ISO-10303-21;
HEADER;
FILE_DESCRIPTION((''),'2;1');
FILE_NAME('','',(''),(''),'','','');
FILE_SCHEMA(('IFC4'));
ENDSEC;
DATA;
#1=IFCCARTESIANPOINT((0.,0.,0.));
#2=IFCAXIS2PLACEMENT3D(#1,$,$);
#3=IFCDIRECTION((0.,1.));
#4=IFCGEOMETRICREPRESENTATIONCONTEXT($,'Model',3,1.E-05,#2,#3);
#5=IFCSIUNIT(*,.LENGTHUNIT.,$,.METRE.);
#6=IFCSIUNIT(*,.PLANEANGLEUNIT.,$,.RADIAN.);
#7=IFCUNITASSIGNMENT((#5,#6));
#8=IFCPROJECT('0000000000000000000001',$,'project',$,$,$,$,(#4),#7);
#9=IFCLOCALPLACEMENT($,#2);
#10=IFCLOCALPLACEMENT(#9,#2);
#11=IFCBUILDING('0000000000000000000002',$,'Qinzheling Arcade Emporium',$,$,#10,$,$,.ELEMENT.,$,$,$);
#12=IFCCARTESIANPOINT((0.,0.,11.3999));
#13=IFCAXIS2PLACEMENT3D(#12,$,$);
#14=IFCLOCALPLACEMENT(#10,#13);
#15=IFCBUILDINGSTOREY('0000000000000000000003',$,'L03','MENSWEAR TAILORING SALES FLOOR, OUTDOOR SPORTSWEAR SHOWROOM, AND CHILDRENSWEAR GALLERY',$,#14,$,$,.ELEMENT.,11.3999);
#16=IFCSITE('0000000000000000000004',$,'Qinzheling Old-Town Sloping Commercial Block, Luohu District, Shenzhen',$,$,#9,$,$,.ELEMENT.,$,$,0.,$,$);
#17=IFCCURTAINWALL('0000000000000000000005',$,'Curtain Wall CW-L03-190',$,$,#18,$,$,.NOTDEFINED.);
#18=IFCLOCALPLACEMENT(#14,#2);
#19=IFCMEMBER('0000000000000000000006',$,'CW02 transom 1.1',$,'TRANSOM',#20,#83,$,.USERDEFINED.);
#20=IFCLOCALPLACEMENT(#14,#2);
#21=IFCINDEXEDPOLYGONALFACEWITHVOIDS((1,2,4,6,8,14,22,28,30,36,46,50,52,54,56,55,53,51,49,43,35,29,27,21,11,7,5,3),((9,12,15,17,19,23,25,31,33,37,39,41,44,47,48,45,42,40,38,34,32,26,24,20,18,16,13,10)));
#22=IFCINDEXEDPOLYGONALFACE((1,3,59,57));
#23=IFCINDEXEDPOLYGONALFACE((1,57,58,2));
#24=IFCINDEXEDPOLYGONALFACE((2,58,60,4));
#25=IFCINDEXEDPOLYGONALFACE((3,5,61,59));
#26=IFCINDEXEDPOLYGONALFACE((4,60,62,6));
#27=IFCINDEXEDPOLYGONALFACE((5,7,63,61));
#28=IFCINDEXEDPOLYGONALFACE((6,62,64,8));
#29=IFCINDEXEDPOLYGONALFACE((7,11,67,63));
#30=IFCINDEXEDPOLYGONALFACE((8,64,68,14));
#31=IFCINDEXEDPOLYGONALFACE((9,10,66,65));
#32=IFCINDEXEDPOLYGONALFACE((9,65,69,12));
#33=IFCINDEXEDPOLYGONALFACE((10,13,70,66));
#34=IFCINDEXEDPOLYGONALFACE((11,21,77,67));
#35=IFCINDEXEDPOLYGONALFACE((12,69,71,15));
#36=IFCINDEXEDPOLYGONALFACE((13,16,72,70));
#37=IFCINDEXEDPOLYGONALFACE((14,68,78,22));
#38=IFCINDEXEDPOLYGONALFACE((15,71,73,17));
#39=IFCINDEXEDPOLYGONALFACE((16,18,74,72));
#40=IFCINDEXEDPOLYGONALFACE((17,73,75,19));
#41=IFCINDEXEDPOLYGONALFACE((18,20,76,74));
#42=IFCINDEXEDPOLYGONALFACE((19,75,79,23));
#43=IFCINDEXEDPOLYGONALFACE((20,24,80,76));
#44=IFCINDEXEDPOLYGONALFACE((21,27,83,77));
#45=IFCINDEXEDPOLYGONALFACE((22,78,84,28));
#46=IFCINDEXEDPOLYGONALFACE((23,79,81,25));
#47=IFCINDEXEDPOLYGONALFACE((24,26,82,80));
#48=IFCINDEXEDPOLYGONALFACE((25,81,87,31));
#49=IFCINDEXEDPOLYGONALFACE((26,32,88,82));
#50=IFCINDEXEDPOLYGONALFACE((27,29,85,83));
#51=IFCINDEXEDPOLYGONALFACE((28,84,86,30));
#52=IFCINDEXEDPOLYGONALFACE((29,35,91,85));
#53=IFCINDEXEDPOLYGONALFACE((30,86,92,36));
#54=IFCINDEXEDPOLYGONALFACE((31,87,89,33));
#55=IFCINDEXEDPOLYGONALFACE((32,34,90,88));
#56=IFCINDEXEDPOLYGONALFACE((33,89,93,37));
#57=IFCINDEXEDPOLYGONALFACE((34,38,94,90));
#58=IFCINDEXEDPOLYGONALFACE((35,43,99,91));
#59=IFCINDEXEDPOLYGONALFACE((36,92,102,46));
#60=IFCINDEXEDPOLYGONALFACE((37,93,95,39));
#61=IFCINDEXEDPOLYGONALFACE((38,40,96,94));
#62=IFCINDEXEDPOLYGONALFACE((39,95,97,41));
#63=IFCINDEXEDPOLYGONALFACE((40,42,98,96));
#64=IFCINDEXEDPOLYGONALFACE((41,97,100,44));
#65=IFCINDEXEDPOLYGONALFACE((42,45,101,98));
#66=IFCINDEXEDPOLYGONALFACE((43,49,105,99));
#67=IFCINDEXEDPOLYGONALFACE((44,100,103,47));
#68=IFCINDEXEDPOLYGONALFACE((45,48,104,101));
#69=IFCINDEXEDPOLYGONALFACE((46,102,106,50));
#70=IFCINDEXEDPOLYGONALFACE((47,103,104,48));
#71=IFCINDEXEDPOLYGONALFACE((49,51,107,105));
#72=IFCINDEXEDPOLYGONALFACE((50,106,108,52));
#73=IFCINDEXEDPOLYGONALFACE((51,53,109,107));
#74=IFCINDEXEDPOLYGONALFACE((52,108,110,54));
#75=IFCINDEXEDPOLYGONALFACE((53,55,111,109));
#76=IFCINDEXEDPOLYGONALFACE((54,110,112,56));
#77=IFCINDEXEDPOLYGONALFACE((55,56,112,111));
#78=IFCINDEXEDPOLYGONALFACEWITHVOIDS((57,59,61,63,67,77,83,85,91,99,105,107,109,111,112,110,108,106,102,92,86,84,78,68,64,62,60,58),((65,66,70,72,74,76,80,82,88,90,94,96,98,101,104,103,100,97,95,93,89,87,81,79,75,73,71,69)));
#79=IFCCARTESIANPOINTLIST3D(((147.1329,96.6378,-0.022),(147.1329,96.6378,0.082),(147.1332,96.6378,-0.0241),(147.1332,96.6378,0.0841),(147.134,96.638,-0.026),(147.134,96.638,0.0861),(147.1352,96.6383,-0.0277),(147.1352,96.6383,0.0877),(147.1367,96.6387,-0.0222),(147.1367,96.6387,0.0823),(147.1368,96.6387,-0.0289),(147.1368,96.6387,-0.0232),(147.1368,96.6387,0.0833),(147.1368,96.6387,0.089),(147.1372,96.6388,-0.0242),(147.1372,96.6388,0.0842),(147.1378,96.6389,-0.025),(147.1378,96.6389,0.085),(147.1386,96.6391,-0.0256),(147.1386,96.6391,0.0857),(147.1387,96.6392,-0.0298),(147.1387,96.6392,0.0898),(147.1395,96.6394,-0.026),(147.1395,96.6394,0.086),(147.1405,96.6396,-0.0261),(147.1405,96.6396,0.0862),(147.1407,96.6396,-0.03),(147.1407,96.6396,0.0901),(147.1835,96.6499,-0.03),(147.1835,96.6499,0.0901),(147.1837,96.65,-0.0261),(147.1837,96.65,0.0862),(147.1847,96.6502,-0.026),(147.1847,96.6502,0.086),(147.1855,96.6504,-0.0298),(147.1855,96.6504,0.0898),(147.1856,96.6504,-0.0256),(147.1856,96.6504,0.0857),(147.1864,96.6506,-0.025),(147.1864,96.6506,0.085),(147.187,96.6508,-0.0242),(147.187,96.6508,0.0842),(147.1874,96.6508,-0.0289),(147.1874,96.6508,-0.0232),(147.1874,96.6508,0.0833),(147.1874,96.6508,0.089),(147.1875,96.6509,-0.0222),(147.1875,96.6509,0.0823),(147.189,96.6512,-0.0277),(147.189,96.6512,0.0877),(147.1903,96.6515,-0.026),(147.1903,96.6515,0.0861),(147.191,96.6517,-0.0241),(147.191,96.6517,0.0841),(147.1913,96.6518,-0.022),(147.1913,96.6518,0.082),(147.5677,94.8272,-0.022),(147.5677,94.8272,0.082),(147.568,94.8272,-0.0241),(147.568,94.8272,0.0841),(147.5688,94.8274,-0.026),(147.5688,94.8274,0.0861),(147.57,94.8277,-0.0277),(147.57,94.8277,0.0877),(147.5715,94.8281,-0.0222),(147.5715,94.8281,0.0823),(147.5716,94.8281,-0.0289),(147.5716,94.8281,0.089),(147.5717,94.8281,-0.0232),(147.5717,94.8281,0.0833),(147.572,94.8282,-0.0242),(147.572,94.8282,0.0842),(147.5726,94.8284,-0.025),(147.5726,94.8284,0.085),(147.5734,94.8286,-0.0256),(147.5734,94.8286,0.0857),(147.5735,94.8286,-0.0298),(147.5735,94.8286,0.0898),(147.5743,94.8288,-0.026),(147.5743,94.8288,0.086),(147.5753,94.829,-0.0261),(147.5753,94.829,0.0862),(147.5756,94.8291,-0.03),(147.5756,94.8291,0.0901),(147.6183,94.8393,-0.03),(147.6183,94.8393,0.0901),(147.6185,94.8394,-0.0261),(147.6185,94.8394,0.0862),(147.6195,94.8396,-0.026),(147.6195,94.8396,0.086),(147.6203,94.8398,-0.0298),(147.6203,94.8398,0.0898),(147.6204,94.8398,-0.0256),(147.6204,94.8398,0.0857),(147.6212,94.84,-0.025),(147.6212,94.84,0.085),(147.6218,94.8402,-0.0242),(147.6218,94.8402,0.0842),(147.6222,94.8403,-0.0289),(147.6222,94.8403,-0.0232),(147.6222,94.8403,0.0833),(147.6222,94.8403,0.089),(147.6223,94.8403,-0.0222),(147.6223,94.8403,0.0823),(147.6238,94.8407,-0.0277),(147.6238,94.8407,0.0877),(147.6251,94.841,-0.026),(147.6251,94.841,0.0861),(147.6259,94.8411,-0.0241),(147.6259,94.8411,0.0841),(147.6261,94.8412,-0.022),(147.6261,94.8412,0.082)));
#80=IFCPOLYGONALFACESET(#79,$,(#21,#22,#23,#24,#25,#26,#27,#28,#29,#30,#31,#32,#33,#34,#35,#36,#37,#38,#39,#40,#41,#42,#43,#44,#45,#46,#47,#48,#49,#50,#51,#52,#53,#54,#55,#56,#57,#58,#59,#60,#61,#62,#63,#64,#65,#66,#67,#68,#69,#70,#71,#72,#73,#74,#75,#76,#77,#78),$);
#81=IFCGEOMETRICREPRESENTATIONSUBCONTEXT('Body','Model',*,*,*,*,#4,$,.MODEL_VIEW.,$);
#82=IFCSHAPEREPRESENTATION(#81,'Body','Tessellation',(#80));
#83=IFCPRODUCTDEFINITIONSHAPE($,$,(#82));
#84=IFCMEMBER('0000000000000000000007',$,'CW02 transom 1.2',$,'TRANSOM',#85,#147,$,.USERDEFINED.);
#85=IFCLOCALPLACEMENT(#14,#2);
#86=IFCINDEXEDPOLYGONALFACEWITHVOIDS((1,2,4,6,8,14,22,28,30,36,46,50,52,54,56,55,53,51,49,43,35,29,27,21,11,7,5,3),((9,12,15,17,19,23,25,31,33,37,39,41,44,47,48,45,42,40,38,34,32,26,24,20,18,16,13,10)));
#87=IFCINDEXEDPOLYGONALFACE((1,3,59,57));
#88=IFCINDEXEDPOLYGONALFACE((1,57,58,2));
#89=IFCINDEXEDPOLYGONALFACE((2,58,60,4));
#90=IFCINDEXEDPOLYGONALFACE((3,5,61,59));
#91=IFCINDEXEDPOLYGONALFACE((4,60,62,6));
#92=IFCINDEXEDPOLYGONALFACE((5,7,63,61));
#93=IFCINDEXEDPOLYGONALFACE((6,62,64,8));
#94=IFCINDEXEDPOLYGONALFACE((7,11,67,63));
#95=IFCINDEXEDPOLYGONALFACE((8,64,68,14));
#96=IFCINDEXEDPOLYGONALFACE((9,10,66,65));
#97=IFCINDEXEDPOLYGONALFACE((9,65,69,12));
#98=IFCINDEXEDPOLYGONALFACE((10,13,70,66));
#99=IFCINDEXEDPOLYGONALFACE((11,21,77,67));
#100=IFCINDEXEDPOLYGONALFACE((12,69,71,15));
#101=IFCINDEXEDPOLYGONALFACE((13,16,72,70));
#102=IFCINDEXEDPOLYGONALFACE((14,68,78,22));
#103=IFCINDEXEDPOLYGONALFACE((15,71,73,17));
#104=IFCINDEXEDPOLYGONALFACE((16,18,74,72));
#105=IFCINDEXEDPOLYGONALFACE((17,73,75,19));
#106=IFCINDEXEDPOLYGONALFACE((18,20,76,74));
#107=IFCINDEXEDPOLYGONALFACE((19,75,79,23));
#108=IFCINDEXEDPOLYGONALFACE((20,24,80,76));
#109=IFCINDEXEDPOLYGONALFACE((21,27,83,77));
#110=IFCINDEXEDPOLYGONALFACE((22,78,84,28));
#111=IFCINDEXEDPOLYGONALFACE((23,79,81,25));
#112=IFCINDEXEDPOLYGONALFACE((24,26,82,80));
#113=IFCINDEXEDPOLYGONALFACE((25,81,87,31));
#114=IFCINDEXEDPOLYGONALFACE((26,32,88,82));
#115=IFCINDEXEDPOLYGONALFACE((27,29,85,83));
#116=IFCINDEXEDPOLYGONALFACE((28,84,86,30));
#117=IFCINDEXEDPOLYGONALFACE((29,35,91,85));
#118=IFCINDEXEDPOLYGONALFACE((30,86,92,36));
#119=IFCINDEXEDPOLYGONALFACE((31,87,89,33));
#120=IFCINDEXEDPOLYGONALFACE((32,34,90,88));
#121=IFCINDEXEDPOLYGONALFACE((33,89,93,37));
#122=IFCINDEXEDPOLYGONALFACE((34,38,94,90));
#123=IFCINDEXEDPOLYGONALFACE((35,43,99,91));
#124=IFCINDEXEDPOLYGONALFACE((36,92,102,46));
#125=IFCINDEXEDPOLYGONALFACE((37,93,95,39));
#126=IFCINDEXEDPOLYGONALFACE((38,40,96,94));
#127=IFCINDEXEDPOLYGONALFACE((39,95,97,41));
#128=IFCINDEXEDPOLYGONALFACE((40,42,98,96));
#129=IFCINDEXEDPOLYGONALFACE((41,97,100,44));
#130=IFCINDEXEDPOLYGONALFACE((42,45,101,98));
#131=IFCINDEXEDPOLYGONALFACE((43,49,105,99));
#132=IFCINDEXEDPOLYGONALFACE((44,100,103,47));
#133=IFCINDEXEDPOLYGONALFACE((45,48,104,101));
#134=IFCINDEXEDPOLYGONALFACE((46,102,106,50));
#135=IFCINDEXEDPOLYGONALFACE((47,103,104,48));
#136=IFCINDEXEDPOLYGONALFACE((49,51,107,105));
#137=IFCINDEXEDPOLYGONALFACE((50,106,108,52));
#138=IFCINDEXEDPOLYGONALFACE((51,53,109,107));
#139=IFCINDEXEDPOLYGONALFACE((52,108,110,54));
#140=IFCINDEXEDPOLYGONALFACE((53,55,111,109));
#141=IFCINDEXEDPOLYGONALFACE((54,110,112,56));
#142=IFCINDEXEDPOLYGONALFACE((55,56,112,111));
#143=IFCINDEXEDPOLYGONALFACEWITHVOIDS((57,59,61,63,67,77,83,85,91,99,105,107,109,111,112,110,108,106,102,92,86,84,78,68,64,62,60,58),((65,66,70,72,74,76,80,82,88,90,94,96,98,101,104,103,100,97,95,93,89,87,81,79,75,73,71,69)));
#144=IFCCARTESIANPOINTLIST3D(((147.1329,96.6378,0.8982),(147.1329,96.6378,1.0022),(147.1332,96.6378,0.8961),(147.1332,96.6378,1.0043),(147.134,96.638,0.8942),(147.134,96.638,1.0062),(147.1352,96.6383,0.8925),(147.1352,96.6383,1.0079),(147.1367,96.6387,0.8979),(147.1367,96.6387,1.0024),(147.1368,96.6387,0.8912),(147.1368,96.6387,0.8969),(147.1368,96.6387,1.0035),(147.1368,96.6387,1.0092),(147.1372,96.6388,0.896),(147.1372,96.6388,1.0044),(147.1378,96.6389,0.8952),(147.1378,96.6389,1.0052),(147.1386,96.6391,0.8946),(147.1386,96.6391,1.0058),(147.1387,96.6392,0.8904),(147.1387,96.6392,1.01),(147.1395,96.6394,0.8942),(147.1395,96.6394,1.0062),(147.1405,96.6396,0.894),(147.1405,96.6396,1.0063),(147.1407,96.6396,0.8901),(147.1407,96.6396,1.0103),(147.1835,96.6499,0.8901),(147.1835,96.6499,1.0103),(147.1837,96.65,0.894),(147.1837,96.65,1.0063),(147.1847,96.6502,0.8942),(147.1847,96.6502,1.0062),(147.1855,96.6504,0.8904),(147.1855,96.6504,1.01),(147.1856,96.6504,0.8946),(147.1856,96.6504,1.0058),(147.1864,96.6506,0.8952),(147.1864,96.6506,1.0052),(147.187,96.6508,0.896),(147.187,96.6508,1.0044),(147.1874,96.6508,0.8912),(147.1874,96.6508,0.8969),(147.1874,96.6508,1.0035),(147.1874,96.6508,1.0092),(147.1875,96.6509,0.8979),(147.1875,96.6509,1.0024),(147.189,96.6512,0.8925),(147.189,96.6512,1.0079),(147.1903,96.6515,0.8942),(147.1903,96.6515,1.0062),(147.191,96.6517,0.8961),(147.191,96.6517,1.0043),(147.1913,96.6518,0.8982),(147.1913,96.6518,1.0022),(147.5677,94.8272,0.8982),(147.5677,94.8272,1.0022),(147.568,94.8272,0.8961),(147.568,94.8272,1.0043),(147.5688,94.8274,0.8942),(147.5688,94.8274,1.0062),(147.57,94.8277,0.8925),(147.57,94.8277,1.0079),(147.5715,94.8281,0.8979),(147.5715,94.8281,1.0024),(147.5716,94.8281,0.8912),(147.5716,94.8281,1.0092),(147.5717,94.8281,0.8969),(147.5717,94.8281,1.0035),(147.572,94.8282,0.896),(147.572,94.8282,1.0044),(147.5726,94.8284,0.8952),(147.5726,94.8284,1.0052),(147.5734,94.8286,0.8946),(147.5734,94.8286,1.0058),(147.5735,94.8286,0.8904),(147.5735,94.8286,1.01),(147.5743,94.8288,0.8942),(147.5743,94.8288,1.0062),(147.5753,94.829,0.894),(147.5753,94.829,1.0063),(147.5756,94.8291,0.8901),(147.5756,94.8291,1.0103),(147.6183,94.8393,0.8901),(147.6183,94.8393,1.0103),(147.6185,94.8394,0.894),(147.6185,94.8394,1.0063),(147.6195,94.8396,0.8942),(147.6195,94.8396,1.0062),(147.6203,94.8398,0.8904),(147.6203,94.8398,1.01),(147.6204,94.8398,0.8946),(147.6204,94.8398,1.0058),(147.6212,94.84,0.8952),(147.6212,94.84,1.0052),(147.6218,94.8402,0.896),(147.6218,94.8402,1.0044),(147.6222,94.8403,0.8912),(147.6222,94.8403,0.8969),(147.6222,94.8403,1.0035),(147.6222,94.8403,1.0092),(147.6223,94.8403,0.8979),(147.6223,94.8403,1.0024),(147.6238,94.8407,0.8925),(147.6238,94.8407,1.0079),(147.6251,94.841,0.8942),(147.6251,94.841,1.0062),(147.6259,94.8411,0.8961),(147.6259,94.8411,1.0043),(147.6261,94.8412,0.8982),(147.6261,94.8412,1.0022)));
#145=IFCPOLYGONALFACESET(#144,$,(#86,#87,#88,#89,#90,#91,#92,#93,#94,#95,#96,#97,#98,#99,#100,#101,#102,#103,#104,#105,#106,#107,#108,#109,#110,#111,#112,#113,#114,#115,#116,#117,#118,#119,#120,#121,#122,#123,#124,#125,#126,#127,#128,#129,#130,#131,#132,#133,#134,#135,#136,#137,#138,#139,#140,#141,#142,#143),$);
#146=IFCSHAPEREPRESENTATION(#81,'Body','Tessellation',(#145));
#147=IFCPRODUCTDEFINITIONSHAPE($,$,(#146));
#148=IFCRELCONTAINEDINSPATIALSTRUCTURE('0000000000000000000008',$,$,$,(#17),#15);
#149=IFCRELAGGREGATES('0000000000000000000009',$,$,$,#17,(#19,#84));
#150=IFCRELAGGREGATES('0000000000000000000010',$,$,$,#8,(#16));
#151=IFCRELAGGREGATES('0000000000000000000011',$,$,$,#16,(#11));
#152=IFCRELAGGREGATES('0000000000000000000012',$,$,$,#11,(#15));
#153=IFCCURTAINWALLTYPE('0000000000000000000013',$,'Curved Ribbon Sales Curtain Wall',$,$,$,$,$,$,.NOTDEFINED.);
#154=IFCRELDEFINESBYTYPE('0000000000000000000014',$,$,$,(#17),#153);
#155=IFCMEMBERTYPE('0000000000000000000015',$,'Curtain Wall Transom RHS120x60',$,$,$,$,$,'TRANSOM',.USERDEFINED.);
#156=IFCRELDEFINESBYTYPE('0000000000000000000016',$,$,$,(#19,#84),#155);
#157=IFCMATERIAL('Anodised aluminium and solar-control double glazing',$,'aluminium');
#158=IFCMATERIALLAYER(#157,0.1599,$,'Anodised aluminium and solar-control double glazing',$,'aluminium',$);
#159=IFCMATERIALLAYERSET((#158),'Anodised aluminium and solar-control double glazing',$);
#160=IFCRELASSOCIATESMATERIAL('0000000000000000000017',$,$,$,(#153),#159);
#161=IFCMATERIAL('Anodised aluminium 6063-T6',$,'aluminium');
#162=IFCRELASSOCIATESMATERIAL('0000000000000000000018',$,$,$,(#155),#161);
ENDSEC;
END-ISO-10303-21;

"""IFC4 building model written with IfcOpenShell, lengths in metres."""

from ifc_helpers import new_model, si_unit, direction, frame, origin, origin_2d, place, context, subcontext, project, spatial, hollow_rectangle, extrude, material, layer, layer_set, material_profile, profile_set, type_object, element, aggregate, save


model = new_model("IFC4")

# Units and contexts
model_context = context("Model", 3, precision=1e-05, world=origin(), true_north=direction((0.0, 1.0)))
body_context = subcontext(model_context, "Body", "Model", "MODEL_VIEW")
ifc_project = project(units=[si_unit("LENGTHUNIT", "METRE"), si_unit("PLANEANGLEUNIT", "RADIAN")], contexts=[model_context])

# Site, building, storey
site_placement = place(None, origin())
site = spatial("IfcSite", under=ifc_project, at=site_placement, Name="Qinzheling Old-Town Sloping Commercial Block, Luohu District, Shenzhen", CompositionType="ELEMENT", RefElevation=0.0)
building_placement = place(site_placement, origin())
building = spatial("IfcBuilding", under=site, at=building_placement, Name="Qinzheling Arcade Emporium", CompositionType="ELEMENT")
storey_placement = place(building_placement, frame((0.0, 0.0, 11.3999)))
storey = spatial("IfcBuildingStorey", under=building, at=storey_placement, Name="L03", Description="MENSWEAR TAILORING SALES FLOOR, OUTDOOR SPORTSWEAR SHOWROOM, AND CHILDRENSWEAR GALLERY", CompositionType="ELEMENT", Elevation=11.3999)

# Curtain wall
ifc_material_1 = material(Name="Anodised aluminium and solar-control double glazing", Category="aluminium")
ifc_layer_1 = layer(ifc_material_1, 0.1599, Name="Anodised aluminium and solar-control double glazing", Category="aluminium")
ifc_layer_set_1 = layer_set([ifc_layer_1], Name="Anodised aluminium and solar-control double glazing")
curtain_wall_type = type_object("IfcCurtainWallType", Name="Curved Ribbon Sales Curtain Wall", PredefinedType="NOTDEFINED", material=ifc_layer_set_1)
ifc_material_2 = material(Name="Anodised aluminium 6063-T6", Category="aluminium")
curtain_wall_1_placement = place(storey_placement, origin())
curtain_wall_1 = element("IfcCurtainWall", 1, at=curtain_wall_1_placement, inside=storey, type_object=curtain_wall_type, Name="Curtain Wall CW-L03-190", PredefinedType="NOTDEFINED")

# Members
ifc_material_profile_1 = material_profile(ifc_material_2, hollow_rectangle(XDim=0.0601, YDim=0.1201, WallThickness=0.0039, InnerFilletRadius=0.0039, OuterFilletRadius=0.0081, at=origin_2d()), Name="RHS 120x60x4", Category="aluminium")
ifc_profile_set_1 = profile_set([ifc_material_profile_1], Name="Anodised aluminium 6063-T6")
member_type_1 = type_object("IfcMemberType", Name="Curtain Wall Transom RHS120x60", ElementType="TRANSOM", PredefinedType="USERDEFINED", material=ifc_profile_set_1)
member_1_placement = place(storey_placement, frame((147.1621, 96.6448, 0.03), z_axis=(0.233517, -0.972353, 0.0), x_axis=(0.972353, 0.233517, 0.0)))
member_1 = element("IfcMember", 2, at=member_1_placement, type_object=member_type_1, Name="CW02 transom 1.1", ObjectType="TRANSOM", PredefinedType="USERDEFINED", context=body_context, shape_type="SweptSolid", body=[
    extrude(hollow_rectangle(XDim=0.0601, YDim=0.1201, WallThickness=0.0039, InnerFilletRadius=0.0039, OuterFilletRadius=0.0081, at=origin_2d()), origin(), (0.0, 0.0, 1.0), 1.8621),
])
member_2_placement = place(storey_placement, frame((147.1621, 96.6448, 0.9502), z_axis=(0.233517, -0.972353, 0.0), x_axis=(0.972353, 0.233517, 0.0)))
member_2 = element("IfcMember", 3, at=member_2_placement, type_object=member_type_1, Name="CW02 transom 1.2", ObjectType="TRANSOM", PredefinedType="USERDEFINED", context=body_context, shape_type="SweptSolid", body=[
    extrude(hollow_rectangle(XDim=0.0601, YDim=0.1201, WallThickness=0.0039, InnerFilletRadius=0.0039, OuterFilletRadius=0.0081, at=origin_2d()), origin(), (0.0, 0.0, 1.0), 1.8621),
])

aggregate(curtain_wall_1, [member_1, member_2])

save(model, "model.ifc")
